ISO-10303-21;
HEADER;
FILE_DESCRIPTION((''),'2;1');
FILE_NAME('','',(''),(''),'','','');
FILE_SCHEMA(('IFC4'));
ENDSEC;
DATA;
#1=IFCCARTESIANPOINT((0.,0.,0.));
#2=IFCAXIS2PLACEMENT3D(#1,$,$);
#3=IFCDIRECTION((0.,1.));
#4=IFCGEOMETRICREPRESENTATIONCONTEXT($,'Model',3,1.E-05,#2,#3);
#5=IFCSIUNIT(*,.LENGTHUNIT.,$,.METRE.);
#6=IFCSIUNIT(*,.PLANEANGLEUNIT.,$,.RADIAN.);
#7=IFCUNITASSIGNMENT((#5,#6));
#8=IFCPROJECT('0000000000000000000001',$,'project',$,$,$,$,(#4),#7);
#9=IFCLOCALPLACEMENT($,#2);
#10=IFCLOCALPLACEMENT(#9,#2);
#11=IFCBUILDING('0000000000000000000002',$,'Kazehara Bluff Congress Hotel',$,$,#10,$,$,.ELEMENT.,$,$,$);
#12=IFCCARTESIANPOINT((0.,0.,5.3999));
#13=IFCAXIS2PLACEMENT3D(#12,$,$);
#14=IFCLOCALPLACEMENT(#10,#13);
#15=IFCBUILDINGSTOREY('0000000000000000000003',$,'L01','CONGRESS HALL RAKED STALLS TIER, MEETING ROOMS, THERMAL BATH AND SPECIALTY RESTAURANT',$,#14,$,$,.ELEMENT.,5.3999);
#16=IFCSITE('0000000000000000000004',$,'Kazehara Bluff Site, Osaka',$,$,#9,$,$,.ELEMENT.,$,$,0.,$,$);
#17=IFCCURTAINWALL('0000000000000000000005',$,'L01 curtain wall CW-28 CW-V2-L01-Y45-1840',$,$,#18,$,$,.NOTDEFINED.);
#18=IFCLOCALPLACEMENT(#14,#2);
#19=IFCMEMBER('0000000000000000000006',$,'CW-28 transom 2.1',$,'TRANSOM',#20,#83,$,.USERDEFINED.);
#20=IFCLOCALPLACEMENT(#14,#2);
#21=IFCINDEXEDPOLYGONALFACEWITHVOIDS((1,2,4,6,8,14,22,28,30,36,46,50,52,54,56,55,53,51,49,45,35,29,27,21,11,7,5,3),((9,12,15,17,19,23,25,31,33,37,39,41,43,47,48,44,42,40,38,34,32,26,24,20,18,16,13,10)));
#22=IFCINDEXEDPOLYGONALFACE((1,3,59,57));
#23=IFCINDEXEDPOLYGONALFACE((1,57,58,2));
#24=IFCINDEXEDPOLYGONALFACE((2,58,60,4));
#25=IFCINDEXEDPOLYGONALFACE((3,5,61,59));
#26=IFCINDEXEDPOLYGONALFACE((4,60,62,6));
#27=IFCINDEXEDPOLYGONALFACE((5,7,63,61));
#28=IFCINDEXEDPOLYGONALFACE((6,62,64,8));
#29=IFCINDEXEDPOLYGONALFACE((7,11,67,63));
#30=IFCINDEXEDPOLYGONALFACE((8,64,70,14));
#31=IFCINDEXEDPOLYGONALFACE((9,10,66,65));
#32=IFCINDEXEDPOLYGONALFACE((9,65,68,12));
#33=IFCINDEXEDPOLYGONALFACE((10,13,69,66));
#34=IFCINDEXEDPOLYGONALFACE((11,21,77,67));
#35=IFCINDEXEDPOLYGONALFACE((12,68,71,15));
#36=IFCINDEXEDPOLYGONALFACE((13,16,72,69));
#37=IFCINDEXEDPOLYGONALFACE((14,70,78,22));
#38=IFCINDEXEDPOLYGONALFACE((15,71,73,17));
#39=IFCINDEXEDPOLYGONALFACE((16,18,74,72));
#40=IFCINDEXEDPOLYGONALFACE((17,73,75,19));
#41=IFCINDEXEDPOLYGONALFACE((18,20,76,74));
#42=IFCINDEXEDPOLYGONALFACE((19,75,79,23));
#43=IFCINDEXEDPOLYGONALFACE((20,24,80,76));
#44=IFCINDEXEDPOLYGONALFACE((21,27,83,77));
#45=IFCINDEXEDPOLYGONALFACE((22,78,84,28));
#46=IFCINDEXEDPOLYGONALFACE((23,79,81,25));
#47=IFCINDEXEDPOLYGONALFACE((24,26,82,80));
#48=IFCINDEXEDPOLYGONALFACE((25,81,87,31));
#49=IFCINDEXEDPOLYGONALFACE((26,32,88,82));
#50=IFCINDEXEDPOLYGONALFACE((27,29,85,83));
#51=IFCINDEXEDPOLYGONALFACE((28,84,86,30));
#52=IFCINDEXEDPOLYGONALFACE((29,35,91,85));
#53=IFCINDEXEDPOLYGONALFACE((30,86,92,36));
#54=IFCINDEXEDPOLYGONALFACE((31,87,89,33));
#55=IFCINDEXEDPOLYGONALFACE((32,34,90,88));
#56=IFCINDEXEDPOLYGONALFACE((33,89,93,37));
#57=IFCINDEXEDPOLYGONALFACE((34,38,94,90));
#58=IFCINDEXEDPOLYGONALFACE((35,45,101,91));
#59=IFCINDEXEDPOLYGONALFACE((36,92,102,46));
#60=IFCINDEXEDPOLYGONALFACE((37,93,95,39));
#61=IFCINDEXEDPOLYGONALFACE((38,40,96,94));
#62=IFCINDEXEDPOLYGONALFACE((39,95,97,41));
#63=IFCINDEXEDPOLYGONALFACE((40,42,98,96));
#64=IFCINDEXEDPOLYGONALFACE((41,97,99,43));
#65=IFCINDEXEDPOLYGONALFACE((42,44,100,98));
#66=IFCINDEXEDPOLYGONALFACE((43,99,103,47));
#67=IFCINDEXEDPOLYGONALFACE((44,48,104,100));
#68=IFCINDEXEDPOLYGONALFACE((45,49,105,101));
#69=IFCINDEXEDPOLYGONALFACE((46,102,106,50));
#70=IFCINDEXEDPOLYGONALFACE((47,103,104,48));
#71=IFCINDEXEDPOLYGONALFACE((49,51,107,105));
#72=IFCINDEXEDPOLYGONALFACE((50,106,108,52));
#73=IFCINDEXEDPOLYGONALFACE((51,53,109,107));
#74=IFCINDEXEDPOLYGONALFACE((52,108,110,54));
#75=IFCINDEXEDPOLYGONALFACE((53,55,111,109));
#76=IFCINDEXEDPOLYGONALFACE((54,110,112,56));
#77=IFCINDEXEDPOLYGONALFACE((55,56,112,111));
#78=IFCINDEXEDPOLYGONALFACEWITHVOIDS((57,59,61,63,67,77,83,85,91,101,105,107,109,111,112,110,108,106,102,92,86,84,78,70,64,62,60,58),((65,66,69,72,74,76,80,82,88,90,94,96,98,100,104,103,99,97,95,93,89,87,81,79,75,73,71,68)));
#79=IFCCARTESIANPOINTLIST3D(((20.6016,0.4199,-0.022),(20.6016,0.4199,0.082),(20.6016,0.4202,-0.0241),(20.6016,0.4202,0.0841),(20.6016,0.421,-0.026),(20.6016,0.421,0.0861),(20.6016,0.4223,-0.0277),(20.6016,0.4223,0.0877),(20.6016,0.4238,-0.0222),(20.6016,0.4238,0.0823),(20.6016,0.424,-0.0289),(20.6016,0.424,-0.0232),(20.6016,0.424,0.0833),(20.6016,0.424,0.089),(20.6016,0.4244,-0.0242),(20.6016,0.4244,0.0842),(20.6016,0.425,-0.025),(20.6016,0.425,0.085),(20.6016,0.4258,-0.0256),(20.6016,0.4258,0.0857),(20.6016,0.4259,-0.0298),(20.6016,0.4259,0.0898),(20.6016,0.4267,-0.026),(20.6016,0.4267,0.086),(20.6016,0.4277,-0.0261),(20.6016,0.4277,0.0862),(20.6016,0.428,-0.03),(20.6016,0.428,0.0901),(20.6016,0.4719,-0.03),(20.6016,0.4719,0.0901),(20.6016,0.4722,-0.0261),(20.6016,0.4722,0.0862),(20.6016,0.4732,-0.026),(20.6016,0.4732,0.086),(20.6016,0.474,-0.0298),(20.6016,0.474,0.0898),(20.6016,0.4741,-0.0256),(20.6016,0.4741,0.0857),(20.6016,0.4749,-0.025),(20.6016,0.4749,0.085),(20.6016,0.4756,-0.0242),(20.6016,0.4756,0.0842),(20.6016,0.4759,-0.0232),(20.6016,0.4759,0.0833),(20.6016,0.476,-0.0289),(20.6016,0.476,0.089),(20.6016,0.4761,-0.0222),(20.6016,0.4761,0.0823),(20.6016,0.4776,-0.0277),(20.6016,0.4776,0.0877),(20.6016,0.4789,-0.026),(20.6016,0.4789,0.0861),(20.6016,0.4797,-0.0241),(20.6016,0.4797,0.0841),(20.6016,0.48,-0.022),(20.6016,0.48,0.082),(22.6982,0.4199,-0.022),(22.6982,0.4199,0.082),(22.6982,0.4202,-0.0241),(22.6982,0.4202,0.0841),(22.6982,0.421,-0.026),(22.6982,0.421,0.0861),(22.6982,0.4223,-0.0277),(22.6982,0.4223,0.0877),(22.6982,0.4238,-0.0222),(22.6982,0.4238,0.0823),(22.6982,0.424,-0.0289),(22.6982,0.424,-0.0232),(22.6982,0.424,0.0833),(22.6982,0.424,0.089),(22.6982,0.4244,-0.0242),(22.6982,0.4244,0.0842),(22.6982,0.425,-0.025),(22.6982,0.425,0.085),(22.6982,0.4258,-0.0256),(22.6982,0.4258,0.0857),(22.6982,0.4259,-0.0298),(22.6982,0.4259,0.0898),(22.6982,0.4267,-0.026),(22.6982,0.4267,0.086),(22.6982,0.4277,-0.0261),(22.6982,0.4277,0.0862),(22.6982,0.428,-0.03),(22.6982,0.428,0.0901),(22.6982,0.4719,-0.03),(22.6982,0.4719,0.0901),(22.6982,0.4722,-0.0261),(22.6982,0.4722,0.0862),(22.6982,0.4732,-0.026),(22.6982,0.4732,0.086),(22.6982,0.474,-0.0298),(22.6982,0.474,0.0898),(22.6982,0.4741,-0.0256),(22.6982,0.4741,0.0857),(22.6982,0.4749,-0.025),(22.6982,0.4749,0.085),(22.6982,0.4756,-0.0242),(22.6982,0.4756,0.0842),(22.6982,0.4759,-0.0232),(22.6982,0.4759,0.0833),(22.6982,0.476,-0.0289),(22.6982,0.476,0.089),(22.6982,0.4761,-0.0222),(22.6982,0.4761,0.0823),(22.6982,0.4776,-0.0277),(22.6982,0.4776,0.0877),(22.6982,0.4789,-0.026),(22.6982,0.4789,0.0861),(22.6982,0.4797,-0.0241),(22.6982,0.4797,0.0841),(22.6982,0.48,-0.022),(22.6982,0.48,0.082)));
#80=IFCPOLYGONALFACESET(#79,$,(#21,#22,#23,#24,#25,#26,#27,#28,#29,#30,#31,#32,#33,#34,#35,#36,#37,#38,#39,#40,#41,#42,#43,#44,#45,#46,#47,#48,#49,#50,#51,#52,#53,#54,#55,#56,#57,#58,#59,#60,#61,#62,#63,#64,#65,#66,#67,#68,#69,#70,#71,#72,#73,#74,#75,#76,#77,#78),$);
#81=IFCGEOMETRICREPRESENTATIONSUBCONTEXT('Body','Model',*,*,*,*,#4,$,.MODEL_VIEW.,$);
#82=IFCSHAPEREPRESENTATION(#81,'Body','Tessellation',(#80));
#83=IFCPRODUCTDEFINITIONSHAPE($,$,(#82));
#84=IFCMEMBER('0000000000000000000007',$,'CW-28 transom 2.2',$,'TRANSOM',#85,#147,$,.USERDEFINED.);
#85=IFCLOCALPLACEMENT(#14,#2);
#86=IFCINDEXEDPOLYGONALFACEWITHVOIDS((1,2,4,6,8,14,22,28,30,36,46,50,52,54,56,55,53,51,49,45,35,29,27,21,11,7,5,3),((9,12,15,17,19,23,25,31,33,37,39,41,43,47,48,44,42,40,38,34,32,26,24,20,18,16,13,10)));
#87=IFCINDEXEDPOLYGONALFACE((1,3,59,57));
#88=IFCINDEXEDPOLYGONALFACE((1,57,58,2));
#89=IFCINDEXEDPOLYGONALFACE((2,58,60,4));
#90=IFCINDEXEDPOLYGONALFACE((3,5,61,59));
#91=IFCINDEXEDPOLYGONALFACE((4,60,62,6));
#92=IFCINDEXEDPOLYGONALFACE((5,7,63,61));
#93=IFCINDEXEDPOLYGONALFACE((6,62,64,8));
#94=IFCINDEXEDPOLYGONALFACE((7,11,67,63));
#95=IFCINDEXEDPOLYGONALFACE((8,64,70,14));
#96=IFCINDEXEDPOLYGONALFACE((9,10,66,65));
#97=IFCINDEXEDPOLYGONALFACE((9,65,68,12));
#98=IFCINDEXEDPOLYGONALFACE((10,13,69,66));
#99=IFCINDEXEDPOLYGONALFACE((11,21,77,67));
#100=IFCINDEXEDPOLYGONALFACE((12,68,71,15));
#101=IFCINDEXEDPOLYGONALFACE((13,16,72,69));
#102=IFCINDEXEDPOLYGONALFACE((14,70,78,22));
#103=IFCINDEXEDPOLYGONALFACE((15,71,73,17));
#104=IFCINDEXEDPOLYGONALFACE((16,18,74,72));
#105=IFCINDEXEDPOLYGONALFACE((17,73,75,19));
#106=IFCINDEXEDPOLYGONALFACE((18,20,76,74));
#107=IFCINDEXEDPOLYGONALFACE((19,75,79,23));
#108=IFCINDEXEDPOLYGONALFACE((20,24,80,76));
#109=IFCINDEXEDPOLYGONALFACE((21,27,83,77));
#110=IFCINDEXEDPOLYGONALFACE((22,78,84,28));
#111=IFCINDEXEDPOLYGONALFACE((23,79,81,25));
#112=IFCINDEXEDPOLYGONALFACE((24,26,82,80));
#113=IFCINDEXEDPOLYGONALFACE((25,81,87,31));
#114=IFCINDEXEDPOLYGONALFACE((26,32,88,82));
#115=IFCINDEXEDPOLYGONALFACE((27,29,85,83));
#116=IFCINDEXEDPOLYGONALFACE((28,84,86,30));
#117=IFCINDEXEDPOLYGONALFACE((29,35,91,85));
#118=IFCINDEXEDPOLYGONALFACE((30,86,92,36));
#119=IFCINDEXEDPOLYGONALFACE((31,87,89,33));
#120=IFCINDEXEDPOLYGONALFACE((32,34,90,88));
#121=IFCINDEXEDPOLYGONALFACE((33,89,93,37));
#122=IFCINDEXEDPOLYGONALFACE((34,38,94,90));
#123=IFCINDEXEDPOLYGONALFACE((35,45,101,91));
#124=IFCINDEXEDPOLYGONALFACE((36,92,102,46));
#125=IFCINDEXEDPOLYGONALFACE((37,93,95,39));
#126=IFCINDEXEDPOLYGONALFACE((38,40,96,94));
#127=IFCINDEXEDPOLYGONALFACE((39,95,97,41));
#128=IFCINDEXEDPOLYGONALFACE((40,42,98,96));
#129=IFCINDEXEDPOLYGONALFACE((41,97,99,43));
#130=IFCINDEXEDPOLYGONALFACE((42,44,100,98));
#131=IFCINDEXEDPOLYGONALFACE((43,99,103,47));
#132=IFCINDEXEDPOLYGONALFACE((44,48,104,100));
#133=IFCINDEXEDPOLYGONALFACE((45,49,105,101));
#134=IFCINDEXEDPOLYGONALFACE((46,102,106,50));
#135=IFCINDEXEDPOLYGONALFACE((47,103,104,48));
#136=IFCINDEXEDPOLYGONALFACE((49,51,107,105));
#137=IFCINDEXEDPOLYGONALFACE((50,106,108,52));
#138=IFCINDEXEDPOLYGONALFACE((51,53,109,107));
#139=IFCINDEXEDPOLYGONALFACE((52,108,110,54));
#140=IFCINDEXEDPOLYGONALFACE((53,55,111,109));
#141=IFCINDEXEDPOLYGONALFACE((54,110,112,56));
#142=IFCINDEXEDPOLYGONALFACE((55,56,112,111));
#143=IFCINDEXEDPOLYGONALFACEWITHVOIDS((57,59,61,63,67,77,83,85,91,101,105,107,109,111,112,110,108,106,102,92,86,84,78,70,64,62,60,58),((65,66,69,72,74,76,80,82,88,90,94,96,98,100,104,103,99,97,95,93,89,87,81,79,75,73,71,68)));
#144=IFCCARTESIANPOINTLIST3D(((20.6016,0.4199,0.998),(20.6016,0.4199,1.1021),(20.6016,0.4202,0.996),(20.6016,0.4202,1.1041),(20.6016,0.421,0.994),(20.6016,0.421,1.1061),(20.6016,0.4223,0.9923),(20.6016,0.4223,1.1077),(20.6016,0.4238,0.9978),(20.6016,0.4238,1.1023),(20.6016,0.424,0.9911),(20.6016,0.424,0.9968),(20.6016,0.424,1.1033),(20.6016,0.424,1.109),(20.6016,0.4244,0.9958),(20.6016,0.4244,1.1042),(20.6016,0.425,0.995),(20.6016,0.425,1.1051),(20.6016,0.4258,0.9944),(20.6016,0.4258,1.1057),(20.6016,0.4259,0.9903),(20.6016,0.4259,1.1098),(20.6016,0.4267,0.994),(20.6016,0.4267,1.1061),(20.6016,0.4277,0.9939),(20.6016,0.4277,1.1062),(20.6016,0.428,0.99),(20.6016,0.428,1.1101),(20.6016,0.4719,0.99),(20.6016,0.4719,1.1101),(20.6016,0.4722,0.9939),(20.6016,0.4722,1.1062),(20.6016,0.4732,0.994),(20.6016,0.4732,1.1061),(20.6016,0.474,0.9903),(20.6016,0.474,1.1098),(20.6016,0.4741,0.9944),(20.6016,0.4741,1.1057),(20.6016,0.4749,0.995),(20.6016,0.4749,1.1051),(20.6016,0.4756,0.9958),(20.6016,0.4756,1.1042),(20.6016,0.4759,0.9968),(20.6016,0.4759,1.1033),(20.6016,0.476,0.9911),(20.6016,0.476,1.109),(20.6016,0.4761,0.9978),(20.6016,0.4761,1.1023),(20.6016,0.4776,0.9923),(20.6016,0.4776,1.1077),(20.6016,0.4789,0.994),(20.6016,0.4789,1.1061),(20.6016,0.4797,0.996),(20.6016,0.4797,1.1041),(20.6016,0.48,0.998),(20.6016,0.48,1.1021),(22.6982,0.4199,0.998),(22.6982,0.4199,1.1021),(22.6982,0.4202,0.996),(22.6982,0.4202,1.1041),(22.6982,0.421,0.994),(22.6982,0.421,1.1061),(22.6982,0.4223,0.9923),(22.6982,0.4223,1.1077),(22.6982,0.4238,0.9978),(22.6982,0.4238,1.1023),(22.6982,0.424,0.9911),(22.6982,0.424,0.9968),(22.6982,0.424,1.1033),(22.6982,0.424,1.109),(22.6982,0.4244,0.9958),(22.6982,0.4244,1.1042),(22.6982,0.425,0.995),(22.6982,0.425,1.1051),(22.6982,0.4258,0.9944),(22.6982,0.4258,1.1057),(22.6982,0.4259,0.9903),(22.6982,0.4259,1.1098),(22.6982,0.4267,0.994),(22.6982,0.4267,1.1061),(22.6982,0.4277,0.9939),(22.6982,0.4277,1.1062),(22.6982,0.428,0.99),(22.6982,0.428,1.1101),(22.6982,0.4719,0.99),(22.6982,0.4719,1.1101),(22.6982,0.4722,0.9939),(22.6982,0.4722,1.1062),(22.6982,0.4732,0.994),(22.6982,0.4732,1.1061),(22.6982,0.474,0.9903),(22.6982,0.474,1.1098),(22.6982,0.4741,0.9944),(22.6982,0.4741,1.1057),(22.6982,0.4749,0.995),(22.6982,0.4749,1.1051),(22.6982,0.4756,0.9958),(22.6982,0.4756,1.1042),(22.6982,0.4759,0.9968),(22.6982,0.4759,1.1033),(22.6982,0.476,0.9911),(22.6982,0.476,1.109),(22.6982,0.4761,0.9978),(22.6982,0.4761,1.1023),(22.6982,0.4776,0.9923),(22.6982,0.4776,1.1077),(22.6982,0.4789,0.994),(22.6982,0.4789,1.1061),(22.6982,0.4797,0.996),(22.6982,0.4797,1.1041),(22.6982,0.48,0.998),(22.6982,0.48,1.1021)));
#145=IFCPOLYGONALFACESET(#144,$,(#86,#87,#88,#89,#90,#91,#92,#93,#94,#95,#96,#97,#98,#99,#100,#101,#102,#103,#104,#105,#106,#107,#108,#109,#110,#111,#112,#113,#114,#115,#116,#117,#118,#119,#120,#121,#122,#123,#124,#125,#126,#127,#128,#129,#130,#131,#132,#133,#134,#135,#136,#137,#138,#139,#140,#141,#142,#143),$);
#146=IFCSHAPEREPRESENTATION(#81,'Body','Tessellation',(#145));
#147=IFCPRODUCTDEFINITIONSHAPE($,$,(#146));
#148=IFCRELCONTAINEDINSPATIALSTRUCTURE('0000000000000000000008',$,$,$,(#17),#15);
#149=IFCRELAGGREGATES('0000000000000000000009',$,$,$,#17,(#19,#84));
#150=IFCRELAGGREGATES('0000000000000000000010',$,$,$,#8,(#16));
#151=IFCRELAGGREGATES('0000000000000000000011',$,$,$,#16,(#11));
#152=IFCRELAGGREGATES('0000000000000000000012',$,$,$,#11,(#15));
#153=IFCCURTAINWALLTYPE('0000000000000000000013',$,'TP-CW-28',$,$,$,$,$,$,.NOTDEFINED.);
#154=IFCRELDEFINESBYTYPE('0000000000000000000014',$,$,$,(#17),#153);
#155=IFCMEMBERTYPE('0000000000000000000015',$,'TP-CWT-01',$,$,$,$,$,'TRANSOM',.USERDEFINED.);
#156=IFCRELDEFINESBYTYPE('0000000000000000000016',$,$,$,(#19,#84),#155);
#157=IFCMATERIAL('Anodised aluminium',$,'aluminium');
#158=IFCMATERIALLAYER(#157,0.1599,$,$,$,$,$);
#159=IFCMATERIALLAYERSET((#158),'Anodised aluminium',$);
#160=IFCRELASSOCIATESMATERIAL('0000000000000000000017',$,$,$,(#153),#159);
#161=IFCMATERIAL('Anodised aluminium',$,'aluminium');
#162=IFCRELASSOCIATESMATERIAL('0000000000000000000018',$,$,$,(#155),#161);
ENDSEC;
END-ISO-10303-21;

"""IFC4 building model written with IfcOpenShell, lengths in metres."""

from ifc_helpers import new_model, si_unit, direction, frame, origin, origin_2d, place, context, subcontext, project, spatial, hollow_rectangle, extrude, material, layer, layer_set, material_profile, profile_set, type_object, element, aggregate, save


model = new_model("IFC4")

# Units and contexts
model_context = context("Model", 3, precision=1e-05, world=origin(), true_north=direction((0.0, 1.0)))
body_context = subcontext(model_context, "Body", "Model", "MODEL_VIEW")
ifc_project = project(units=[si_unit("LENGTHUNIT", "METRE"), si_unit("PLANEANGLEUNIT", "RADIAN")], contexts=[model_context])

# Site, building, storey
site_placement = place(None, origin())
site = spatial("IfcSite", under=ifc_project, at=site_placement, Name="Kazehara Bluff Site, Osaka", CompositionType="ELEMENT", RefElevation=0.0)
building_placement = place(site_placement, origin())
building = spatial("IfcBuilding", under=site, at=building_placement, Name="Kazehara Bluff Congress Hotel", CompositionType="ELEMENT")
storey_placement = place(building_placement, frame((0.0, 0.0, 5.3999)))
storey = spatial("IfcBuildingStorey", under=building, at=storey_placement, Name="L01", Description="CONGRESS HALL RAKED STALLS TIER, MEETING ROOMS, THERMAL BATH AND SPECIALTY RESTAURANT", CompositionType="ELEMENT", Elevation=5.3999)

# Curtain wall, members
ifc_material_1 = material(Name="Anodised aluminium", Category="aluminium")
ifc_layer_1 = layer(ifc_material_1, 0.1599)
ifc_layer_set_1 = layer_set([ifc_layer_1], Name="Anodised aluminium")
curtain_wall_type_1 = type_object("IfcCurtainWallType", Name="TP-CW-28", PredefinedType="NOTDEFINED", material=ifc_layer_set_1)
curtain_wall_1_placement = place(storey_placement, origin())
curtain_wall_1 = element("IfcCurtainWall", 1, at=curtain_wall_1_placement, inside=storey, type_object=curtain_wall_type_1, Name="L01 curtain wall CW-28 CW-V2-L01-Y45-1840", PredefinedType="NOTDEFINED")
ifc_material_2 = material(Name="Anodised aluminium", Category="aluminium")
ifc_material_profile_1 = material_profile(ifc_material_2, hollow_rectangle(XDim=0.0601, YDim=0.1201, WallThickness=0.0039, InnerFilletRadius=0.0039, OuterFilletRadius=0.0081, at=origin_2d()))
ifc_profile_set_1 = profile_set([ifc_material_profile_1], Name="Anodised aluminium")
member_type_1 = type_object("IfcMemberType", Name="TP-CWT-01", ElementType="TRANSOM", PredefinedType="USERDEFINED", material=ifc_profile_set_1)
member_1_placement = place(storey_placement, frame((20.6016, 0.45, 0.03), z_axis=(1.0, 0.0, 0.0), x_axis=(0.0, 1.0, 0.0)))
member_1 = element("IfcMember", 2, at=member_1_placement, type_object=member_type_1, Name="CW-28 transom 2.1", ObjectType="TRANSOM", PredefinedType="USERDEFINED", context=body_context, shape_type="SweptSolid", body=[
    extrude(hollow_rectangle(XDim=0.0601, YDim=0.1201, WallThickness=0.0039, InnerFilletRadius=0.0039, OuterFilletRadius=0.0081, at=origin_2d()), origin(), (0.0, 0.0, 1.0), 2.0967),
])
member_2_placement = place(storey_placement, frame((20.6016, 0.45, 1.05), z_axis=(1.0, 0.0, 0.0), x_axis=(0.0, 1.0, 0.0)))
member_2 = element("IfcMember", 3, at=member_2_placement, type_object=member_type_1, Name="CW-28 transom 2.2", ObjectType="TRANSOM", PredefinedType="USERDEFINED", context=body_context, shape_type="SweptSolid", body=[
    extrude(hollow_rectangle(XDim=0.0601, YDim=0.1201, WallThickness=0.0039, InnerFilletRadius=0.0039, OuterFilletRadius=0.0081, at=origin_2d()), origin(), (0.0, 0.0, 1.0), 2.0967),
])

aggregate(curtain_wall_1, [member_1, member_2])

save(model, "model.ifc")
